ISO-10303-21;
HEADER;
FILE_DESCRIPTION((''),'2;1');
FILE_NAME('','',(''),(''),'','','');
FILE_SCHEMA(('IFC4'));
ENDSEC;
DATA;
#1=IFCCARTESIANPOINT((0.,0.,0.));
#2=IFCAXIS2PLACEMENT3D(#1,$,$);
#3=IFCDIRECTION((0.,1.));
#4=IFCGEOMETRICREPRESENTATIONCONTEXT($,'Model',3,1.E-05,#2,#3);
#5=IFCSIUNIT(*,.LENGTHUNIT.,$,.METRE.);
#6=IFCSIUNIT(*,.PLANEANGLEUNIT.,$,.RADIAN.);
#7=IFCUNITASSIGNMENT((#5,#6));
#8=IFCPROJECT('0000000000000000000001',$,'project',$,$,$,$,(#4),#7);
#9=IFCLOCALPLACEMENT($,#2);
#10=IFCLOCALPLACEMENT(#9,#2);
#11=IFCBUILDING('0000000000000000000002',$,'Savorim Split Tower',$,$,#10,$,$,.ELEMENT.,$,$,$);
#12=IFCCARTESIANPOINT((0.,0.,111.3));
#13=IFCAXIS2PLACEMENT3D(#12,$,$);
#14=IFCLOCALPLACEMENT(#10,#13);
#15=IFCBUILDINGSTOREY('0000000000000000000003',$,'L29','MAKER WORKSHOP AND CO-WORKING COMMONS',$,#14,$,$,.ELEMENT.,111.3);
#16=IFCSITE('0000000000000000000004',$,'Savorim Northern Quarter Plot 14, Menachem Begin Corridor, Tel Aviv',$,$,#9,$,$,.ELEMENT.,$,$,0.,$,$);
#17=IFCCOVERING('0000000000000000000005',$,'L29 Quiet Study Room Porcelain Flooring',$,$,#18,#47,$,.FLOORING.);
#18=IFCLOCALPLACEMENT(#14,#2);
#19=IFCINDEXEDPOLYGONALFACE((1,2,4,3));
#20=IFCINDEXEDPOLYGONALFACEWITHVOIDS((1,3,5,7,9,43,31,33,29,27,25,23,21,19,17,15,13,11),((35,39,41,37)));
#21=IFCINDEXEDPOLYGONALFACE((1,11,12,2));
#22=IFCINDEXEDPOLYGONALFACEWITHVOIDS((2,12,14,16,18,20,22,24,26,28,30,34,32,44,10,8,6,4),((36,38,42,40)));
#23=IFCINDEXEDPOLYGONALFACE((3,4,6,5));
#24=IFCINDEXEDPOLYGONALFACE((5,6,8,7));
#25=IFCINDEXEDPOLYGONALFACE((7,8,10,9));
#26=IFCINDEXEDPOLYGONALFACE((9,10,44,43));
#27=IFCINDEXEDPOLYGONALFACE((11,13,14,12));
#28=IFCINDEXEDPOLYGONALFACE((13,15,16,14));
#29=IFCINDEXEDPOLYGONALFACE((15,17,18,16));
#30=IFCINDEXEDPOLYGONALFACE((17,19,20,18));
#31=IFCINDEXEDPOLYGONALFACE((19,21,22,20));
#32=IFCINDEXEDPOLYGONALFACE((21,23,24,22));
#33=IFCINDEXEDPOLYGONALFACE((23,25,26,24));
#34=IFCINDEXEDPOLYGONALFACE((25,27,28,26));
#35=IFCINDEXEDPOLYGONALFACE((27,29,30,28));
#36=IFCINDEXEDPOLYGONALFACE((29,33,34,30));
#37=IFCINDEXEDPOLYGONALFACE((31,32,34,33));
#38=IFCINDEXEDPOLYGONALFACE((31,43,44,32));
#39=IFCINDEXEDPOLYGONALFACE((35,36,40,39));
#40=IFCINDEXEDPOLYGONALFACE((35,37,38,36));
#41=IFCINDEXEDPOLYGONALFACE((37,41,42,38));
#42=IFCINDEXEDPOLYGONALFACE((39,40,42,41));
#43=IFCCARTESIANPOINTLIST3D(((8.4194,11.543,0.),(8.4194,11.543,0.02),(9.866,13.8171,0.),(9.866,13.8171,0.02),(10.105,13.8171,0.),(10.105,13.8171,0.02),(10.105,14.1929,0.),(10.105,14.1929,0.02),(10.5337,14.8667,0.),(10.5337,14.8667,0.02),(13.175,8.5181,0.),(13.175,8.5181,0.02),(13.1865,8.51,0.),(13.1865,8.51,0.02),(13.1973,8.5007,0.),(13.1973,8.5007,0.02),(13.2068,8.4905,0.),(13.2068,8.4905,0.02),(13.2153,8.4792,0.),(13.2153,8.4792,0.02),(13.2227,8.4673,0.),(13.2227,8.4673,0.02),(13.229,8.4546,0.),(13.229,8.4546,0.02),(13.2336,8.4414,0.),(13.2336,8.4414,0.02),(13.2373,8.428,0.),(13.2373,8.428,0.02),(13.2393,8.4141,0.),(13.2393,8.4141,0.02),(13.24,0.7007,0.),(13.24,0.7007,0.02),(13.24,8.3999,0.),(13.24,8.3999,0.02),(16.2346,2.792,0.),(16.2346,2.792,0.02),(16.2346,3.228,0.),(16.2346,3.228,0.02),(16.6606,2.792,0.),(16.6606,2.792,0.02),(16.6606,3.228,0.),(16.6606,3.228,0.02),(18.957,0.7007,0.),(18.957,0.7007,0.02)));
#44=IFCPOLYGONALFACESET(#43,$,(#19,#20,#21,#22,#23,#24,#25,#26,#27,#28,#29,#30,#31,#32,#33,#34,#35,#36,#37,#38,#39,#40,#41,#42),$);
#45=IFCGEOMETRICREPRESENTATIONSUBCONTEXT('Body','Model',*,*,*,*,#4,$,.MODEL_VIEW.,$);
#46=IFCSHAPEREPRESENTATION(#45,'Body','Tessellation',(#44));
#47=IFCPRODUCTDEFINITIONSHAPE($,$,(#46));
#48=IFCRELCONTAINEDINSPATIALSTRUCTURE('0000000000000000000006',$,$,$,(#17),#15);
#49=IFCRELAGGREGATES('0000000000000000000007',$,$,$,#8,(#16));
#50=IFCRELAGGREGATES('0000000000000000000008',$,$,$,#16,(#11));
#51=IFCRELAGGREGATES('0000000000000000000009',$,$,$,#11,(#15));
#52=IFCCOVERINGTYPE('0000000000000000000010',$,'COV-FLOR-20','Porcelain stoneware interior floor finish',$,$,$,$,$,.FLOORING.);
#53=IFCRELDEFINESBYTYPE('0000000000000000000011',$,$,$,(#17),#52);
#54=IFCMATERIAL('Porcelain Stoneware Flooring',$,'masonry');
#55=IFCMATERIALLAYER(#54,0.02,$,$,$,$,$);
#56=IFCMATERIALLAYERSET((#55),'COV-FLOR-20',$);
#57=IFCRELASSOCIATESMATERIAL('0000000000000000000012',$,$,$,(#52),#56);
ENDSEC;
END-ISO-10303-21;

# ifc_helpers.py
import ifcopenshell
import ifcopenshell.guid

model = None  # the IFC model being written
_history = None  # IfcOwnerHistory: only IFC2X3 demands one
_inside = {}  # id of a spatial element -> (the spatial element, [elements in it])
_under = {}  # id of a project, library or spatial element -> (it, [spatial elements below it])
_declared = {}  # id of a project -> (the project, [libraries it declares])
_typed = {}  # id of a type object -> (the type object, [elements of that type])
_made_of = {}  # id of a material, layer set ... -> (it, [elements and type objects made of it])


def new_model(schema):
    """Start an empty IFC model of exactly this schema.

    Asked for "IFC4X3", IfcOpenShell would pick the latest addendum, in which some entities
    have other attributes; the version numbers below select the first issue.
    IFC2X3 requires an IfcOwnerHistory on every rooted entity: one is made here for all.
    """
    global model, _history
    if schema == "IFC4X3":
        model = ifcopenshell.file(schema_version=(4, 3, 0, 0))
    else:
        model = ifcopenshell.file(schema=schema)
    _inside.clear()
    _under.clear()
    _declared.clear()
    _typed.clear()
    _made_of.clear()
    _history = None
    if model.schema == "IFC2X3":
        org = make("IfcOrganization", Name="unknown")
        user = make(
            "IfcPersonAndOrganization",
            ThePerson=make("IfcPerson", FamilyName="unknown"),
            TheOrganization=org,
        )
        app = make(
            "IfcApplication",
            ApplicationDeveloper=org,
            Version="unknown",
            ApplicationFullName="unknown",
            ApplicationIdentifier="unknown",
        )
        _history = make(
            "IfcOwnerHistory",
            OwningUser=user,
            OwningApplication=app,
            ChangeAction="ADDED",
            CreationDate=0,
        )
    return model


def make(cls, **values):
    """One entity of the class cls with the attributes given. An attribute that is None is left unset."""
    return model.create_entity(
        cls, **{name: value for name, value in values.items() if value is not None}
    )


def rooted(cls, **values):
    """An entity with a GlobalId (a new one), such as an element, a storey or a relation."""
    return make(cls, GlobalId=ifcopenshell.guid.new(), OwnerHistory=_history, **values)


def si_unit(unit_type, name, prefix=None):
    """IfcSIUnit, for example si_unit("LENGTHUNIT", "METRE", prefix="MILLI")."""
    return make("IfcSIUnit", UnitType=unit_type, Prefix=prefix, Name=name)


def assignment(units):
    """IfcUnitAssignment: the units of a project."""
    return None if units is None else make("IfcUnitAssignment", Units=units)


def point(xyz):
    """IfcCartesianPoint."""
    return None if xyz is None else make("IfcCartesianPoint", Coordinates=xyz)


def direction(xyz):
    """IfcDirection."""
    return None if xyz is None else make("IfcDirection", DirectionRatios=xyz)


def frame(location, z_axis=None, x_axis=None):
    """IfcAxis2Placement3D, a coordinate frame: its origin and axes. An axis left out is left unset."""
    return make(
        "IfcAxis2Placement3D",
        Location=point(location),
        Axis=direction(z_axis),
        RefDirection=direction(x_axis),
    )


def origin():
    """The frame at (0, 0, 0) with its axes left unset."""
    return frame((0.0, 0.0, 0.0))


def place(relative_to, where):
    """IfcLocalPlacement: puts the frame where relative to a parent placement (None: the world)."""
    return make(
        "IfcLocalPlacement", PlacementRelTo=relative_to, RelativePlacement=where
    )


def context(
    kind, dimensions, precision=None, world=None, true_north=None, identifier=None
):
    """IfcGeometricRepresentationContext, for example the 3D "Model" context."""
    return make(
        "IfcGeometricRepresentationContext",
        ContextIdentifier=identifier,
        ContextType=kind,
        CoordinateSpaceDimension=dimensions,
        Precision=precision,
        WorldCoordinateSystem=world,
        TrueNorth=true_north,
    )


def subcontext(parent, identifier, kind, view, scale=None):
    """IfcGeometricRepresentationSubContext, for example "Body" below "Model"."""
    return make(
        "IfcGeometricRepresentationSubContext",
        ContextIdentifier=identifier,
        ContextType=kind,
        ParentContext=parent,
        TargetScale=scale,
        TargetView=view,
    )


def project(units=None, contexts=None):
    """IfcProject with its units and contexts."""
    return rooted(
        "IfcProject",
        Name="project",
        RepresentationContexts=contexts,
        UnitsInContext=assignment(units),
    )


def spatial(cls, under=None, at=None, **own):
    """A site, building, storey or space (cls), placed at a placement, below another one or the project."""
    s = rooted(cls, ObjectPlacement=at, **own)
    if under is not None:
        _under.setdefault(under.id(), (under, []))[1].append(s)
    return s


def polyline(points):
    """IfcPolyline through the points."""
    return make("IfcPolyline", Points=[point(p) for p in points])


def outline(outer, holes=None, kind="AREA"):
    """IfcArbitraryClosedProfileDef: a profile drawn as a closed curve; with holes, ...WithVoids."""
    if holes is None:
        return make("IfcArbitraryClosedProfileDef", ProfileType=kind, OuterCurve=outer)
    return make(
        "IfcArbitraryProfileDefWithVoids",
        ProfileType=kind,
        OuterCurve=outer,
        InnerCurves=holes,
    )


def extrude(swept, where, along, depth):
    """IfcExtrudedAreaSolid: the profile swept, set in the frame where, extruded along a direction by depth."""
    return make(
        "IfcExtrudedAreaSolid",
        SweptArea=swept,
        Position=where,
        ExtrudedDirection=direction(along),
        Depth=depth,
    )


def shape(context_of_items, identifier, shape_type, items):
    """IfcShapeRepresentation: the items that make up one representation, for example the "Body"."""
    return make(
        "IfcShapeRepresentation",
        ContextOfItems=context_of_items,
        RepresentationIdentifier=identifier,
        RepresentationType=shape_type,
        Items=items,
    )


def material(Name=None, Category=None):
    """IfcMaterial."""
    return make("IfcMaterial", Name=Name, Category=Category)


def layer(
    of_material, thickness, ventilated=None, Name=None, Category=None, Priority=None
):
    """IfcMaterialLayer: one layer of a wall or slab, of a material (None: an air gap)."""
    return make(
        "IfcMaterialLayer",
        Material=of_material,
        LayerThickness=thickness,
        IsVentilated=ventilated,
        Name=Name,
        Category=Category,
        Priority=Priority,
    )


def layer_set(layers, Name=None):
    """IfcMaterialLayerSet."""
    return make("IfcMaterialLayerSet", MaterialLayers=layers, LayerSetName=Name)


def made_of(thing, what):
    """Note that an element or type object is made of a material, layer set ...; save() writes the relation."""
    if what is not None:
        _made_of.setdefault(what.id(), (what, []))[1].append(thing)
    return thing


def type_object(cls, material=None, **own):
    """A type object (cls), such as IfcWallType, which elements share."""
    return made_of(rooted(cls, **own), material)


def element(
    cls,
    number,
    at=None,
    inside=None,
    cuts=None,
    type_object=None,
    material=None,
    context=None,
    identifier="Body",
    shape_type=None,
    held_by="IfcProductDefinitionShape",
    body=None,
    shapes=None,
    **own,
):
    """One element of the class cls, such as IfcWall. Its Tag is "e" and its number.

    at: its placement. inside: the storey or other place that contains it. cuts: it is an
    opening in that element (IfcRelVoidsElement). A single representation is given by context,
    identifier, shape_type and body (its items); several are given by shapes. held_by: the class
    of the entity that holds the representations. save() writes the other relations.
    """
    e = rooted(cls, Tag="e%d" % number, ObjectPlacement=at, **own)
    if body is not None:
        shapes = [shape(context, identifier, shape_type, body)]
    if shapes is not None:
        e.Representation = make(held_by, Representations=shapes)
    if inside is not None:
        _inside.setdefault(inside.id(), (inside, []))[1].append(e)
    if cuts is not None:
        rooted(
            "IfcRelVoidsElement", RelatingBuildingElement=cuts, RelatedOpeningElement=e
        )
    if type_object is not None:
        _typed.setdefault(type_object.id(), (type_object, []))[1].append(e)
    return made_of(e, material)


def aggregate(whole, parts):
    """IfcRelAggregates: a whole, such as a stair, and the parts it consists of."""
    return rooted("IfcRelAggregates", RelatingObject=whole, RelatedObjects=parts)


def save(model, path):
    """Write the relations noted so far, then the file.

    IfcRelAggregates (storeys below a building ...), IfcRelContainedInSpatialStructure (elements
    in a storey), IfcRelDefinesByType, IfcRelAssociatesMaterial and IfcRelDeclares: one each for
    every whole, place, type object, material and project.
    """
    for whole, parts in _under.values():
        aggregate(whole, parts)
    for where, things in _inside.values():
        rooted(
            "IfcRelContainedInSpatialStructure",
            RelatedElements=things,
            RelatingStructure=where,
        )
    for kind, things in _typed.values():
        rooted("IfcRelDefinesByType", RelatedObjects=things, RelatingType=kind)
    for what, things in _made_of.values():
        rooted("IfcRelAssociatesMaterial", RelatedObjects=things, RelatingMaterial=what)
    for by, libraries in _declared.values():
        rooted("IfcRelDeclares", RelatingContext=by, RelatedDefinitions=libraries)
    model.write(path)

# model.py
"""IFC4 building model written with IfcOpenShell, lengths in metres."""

from ifc_helpers import new_model, si_unit, direction, frame, origin, place, context, subcontext, project, spatial, polyline, outline, extrude, material, layer, layer_set, type_object, element, save


model = new_model("IFC4")

# Units and contexts
model_context = context("Model", 3, precision=1e-05, world=origin(), true_north=direction((0.0, 1.0)))
body_context = subcontext(model_context, "Body", "Model", "MODEL_VIEW")
ifc_project = project(units=[si_unit("LENGTHUNIT", "METRE"), si_unit("PLANEANGLEUNIT", "RADIAN")], contexts=[model_context])

# Site, building, storey
site_placement = place(None, origin())
site = spatial("IfcSite", under=ifc_project, at=site_placement, Name="Savorim Northern Quarter Plot 14, Menachem Begin Corridor, Tel Aviv", CompositionType="ELEMENT", RefElevation=0.0)
building_placement = place(site_placement, origin())
building = spatial("IfcBuilding", under=site, at=building_placement, Name="Savorim Split Tower", CompositionType="ELEMENT")
storey_placement = place(building_placement, frame((0.0, 0.0, 111.3)))
storey = spatial("IfcBuildingStorey", under=building, at=storey_placement, Name="L29", Description="MAKER WORKSHOP AND CO-WORKING COMMONS", CompositionType="ELEMENT", Elevation=111.3)

# Covering
ifc_material_1 = material(Name="Porcelain Stoneware Flooring", Category="masonry")
ifc_layer_1 = layer(ifc_material_1, 0.02)
ifc_layer_set_1 = layer_set([ifc_layer_1], Name="COV-FLOR-20")
covering_type_1 = type_object("IfcCoveringType", Name="COV-FLOR-20", Description="Porcelain stoneware interior floor finish", PredefinedType="FLOORING", material=ifc_layer_set_1)
covering_1_placement = place(storey_placement, origin())
element("IfcCovering", 1, at=covering_1_placement, inside=storey, type_object=covering_type_1, Name="L29 Quiet Study Room Porcelain Flooring", PredefinedType="FLOORING", context=body_context, shape_type="SweptSolid", body=[
    extrude(outline(polyline([(13.2373, 8.428), (13.2393, 8.4141), (13.24, 8.3999), (13.24, 0.7007), (18.957, 0.7007), (10.5337, 14.8667), (10.105, 14.1929), (10.105, 13.8171), (9.866, 13.8171), (8.4194, 11.543), (13.175, 8.5181), (13.1865, 8.51), (13.1973, 8.5007), (13.2068, 8.4905), (13.2153, 8.4792), (13.2227, 8.4673), (13.229, 8.4546), (13.2336, 8.4414), (13.2373, 8.428)]), holes=[polyline([(16.6606, 2.792), (16.6606, 3.228), (16.2346, 3.228), (16.2346, 2.792), (16.6606, 2.792)])]), origin(), (0.0, 0.0, 1.0), 0.02),
])

save(model, "model.ifc")
